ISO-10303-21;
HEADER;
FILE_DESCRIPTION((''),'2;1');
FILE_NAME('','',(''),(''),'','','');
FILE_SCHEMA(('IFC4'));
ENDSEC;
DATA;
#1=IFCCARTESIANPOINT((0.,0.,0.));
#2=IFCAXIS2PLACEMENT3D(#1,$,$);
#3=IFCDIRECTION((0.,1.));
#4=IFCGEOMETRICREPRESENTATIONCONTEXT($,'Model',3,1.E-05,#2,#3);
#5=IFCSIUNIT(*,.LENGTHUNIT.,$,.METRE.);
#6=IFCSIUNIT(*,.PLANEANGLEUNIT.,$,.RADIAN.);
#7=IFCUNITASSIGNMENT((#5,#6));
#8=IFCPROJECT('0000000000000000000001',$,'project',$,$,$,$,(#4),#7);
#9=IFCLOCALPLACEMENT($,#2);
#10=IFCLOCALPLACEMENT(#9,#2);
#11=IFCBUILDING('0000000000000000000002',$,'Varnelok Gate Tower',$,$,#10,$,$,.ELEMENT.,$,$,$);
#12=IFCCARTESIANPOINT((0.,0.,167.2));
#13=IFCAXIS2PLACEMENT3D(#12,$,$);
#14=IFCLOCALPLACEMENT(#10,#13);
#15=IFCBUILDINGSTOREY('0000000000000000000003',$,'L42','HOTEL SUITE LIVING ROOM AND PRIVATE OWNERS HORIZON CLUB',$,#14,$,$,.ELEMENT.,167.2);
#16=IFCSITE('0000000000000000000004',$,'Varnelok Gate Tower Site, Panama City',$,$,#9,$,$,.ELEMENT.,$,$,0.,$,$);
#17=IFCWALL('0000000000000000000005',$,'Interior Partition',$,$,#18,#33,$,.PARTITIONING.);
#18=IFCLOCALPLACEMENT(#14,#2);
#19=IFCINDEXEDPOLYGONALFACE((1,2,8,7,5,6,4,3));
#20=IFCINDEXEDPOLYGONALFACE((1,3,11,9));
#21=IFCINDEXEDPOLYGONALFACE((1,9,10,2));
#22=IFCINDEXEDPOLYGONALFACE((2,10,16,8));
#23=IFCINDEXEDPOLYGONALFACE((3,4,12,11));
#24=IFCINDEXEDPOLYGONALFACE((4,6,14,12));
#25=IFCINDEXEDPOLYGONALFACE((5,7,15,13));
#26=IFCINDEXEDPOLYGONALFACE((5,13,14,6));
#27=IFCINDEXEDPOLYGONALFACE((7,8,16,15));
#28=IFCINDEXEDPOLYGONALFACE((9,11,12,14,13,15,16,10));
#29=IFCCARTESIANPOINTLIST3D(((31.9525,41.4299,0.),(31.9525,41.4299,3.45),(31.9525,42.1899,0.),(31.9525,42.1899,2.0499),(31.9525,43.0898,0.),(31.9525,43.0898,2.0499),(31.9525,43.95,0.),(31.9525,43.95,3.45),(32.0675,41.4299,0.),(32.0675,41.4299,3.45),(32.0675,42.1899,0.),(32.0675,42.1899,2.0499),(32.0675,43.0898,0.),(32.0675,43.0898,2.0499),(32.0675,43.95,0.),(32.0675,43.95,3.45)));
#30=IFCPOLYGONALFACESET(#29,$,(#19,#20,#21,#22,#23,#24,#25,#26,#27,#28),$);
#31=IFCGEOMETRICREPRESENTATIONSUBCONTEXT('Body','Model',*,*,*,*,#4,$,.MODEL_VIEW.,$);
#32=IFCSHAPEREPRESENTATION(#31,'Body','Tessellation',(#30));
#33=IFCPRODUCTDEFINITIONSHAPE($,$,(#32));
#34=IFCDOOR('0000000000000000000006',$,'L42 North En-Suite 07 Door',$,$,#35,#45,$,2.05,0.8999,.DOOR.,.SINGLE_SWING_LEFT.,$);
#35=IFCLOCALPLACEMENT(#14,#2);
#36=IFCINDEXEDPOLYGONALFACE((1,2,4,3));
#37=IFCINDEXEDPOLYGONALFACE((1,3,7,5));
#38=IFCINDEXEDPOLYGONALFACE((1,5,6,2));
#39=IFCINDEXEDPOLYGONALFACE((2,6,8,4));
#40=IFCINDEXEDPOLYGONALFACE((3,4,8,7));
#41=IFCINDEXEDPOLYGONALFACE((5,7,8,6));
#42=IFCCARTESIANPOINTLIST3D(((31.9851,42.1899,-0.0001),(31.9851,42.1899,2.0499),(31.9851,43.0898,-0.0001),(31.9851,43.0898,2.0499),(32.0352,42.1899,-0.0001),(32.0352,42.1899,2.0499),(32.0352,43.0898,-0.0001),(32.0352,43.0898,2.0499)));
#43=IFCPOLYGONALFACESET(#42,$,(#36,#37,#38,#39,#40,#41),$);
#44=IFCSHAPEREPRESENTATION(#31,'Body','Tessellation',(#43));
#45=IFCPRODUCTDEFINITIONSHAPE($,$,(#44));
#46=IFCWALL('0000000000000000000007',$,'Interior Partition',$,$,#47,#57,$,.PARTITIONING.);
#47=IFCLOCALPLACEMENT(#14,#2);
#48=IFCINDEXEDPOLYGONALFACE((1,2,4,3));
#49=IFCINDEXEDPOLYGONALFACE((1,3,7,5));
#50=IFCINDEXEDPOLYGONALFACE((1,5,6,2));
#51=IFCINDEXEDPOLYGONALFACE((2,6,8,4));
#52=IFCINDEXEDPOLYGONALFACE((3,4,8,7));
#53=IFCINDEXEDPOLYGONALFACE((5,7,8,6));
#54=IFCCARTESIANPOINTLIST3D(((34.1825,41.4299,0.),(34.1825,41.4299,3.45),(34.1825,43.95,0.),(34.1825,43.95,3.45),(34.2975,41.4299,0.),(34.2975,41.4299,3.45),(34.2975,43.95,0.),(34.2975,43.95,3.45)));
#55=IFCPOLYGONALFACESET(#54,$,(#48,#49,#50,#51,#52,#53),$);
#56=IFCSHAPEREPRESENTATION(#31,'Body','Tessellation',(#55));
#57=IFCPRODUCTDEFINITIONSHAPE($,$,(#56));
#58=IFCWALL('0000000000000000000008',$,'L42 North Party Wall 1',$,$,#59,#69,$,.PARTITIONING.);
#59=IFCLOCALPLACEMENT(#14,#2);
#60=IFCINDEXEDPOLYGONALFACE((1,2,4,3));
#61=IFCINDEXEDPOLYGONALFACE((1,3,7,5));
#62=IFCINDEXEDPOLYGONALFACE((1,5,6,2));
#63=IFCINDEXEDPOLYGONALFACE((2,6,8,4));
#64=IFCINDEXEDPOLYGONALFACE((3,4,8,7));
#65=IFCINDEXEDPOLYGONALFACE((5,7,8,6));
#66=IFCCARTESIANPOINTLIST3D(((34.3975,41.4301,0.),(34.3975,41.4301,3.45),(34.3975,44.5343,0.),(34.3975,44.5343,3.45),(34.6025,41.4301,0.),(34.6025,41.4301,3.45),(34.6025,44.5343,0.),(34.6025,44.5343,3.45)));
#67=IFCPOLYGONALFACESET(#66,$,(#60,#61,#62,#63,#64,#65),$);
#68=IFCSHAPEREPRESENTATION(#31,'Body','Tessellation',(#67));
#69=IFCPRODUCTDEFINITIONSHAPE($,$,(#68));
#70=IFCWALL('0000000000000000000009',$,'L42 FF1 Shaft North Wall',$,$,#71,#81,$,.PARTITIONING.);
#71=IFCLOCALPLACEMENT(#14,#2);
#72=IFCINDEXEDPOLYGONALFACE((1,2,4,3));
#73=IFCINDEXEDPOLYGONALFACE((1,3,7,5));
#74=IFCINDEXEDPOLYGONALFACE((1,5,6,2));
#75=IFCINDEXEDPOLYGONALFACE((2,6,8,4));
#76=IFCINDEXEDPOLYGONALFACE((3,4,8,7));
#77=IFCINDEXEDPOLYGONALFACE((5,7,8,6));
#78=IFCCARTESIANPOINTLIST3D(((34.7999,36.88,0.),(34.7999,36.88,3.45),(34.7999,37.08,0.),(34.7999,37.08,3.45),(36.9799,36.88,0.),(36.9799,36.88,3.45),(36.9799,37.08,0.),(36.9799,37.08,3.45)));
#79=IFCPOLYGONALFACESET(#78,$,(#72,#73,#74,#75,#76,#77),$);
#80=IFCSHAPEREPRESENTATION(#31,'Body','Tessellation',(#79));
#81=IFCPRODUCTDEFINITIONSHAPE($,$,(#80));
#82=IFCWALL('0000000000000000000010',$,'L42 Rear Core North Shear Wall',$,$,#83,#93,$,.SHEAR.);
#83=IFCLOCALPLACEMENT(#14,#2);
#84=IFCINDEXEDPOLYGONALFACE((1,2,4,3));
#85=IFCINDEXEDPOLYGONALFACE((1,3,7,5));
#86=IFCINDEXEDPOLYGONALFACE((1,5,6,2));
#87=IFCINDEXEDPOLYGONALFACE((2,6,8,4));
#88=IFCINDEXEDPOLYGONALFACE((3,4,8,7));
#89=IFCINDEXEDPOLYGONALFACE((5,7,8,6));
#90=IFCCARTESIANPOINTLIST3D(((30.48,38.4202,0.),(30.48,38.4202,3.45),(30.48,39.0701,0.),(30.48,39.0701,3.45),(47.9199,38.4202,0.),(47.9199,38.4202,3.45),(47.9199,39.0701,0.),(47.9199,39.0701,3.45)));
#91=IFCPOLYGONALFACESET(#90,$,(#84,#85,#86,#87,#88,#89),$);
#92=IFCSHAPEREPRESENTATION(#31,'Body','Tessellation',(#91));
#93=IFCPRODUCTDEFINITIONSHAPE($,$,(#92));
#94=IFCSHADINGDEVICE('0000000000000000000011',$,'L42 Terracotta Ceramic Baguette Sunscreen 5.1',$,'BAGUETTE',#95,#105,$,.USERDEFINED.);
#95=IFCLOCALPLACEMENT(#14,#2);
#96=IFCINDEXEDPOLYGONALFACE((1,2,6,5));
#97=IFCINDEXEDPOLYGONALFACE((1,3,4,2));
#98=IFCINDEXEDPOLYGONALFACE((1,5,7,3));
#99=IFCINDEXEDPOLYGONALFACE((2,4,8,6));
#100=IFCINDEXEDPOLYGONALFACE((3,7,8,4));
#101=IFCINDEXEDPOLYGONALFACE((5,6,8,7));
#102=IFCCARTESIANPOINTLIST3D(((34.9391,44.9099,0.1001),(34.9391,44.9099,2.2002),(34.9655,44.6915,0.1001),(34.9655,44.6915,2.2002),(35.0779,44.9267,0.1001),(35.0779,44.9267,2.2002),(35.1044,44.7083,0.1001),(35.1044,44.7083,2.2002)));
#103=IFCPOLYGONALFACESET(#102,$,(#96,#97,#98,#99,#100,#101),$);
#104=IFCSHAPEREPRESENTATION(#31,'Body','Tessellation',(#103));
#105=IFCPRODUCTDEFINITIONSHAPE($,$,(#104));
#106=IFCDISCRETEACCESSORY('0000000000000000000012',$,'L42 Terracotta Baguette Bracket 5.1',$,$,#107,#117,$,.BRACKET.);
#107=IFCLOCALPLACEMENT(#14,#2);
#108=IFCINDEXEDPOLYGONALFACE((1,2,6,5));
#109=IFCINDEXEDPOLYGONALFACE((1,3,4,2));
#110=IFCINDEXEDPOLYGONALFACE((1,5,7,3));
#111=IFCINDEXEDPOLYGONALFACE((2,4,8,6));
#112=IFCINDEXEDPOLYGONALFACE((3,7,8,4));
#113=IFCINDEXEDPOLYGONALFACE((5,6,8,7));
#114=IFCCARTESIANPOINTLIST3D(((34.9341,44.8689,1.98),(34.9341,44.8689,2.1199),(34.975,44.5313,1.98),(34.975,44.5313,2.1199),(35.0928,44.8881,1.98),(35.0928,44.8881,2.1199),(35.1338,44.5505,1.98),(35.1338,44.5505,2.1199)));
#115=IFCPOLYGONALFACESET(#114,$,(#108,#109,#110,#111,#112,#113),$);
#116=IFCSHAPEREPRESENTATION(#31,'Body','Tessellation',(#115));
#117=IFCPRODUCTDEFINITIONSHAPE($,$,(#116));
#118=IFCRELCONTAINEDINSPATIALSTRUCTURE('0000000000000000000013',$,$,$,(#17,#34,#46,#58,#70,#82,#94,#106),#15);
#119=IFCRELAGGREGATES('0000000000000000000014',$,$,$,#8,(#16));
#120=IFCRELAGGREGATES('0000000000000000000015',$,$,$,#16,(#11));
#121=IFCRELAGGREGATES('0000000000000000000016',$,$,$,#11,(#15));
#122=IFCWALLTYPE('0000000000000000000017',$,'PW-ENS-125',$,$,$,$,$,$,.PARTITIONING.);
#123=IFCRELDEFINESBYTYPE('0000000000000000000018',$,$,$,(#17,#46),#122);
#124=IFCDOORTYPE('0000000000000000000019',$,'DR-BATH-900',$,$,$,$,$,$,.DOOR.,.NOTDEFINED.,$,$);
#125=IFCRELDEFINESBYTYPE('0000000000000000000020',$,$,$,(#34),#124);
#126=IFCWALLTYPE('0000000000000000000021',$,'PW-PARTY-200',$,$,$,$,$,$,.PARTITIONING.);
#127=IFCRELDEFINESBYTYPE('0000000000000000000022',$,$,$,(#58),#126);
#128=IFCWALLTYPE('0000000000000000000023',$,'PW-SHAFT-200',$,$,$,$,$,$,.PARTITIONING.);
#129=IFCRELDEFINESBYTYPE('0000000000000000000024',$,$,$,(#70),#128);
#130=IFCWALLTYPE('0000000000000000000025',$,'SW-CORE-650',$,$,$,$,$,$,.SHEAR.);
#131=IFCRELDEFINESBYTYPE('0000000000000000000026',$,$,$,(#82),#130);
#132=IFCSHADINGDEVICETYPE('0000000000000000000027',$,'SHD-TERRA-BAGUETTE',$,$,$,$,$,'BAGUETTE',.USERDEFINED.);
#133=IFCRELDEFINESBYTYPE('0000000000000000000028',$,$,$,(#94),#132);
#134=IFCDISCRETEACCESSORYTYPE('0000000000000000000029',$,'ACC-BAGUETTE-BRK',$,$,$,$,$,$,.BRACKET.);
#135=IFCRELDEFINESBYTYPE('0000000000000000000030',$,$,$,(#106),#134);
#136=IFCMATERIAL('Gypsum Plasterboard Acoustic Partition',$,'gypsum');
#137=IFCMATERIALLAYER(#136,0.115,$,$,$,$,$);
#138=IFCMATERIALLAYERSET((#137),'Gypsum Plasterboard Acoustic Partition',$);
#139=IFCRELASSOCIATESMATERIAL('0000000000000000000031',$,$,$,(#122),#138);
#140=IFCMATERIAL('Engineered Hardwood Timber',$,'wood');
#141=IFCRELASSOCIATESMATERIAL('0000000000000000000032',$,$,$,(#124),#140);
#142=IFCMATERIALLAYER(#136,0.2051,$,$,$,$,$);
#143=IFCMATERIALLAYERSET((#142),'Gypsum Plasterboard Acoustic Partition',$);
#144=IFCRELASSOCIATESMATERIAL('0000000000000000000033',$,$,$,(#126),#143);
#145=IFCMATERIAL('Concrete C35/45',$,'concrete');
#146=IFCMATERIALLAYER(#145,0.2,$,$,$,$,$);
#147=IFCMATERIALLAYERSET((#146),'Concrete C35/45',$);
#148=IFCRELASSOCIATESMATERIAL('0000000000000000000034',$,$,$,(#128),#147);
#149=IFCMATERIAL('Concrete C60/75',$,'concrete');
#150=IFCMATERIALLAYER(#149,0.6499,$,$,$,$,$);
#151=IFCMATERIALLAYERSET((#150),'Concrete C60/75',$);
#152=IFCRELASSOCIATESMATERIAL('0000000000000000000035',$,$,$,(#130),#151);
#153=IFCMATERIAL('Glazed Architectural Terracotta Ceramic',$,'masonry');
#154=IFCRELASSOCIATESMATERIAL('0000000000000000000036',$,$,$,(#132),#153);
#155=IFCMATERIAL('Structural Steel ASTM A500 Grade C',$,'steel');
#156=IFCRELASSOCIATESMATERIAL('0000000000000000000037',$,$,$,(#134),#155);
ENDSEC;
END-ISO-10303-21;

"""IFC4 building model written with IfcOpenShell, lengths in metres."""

from ifc_helpers import new_model, si_unit, direction, frame, frame_2d, origin, origin_2d, place, context, subcontext, project, spatial, rectangle, extrude, source, transform, mapped, material, layer, layer_set, type_object, element, fill, save


model = new_model("IFC4")

# Units and contexts
model_context = context("Model", 3, precision=1e-05, world=origin(), true_north=direction((0.0, 1.0)))
body_context = subcontext(model_context, "Body", "Model", "MODEL_VIEW")
ifc_project = project(units=[si_unit("LENGTHUNIT", "METRE"), si_unit("PLANEANGLEUNIT", "RADIAN")], contexts=[model_context])

# Site, building, storey
site_placement = place(None, origin())
site = spatial("IfcSite", under=ifc_project, at=site_placement, Name="Varnelok Gate Tower Site, Panama City", CompositionType="ELEMENT", RefElevation=0.0)
building_placement = place(site_placement, origin())
building = spatial("IfcBuilding", under=site, at=building_placement, Name="Varnelok Gate Tower", CompositionType="ELEMENT")
storey_placement = place(building_placement, frame((0.0, 0.0, 167.2)))
storey = spatial("IfcBuildingStorey", under=building, at=storey_placement, Name="L42", Description="HOTEL SUITE LIVING ROOM AND PRIVATE OWNERS HORIZON CLUB", CompositionType="ELEMENT", Elevation=167.2)

# Shared definitions
ifc_material_1 = material(Name="Concrete C60/75", Category="concrete")

# Shared definitions
ifc_material_2 = material(Name="Gypsum Plasterboard Acoustic Partition", Category="gypsum")
ifc_material_3 = material(Name="Engineered Hardwood Timber", Category="wood")

# Shared definitions
ifc_layer_1 = layer(ifc_material_2, 0.115)
ifc_layer_set_1 = layer_set([ifc_layer_1], Name="Gypsum Plasterboard Acoustic Partition")
wall_type_1 = type_object("IfcWallType", Name="PW-ENS-125", PredefinedType="PARTITIONING", material=ifc_layer_set_1)

# Wall, opening, door
wall_1_placement = place(storey_placement, frame((32.01, 41.4299, 0.0), z_axis=(0.0, 0.0, 1.0), x_axis=(0.0, 1.0, 0.0)))
wall_1 = element("IfcWall", 1, at=wall_1_placement, inside=storey, type_object=wall_type_1, Name="Interior Partition", PredefinedType="PARTITIONING", context=body_context, shape_type="SweptSolid", body=[
    extrude(rectangle(XDim=2.52, YDim=0.115, at=frame_2d((1.26, 0.0))), origin(), (0.0, 0.0, 1.0), 3.45),
])
opening_1_placement = place(wall_1_placement, frame((0.76, 0.0, 0.0)))
opening_1 = element("IfcOpeningElement", 2, at=opening_1_placement, cuts=wall_1, PredefinedType="OPENING", context=body_context, shape_type="SweptSolid", body=[
    extrude(rectangle(XDim=0.8999, YDim=2.05, at=frame_2d((0.45, 1.0249))), frame((0.0, 0.0674, 0.0), z_axis=(0.0, -1.0, 0.0), x_axis=(1.0, 0.0, 0.0)), (0.0, 0.0, 1.0), 0.135),
])
door_type_1 = type_object("IfcDoorType", Name="DR-BATH-900", OperationType="NOTDEFINED", PredefinedType="DOOR", material=ifc_material_3)
door_1_placement = place(opening_1_placement, origin())
door_1 = element("IfcDoor", 3, at=door_1_placement, inside=storey, type_object=door_type_1, Name="L42 North En-Suite 07 Door", OperationType="SINGLE_SWING_LEFT", OverallHeight=2.05, OverallWidth=0.8999, PredefinedType="DOOR", context=body_context, shape_type="SweptSolid", body=[
    extrude(rectangle(XDim=0.8999, YDim=2.05, at=frame_2d((0.45, 1.0249))), frame((0.0, 0.0249, 0.0), z_axis=(0.0, -1.0, 0.0), x_axis=(1.0, 0.0, 0.0)), (0.0, 0.0, 1.0), 0.05),
])
fill(opening_1, door_1)

# Walls
wall_2_placement = place(storey_placement, frame((34.24, 41.4299, 0.0), z_axis=(0.0, 0.0, 1.0), x_axis=(0.0, 1.0, 0.0)))
element("IfcWall", 4, at=wall_2_placement, inside=storey, type_object=wall_type_1, Name="Interior Partition", PredefinedType="PARTITIONING", context=body_context, shape_type="SweptSolid", body=[
    extrude(rectangle(XDim=2.52, YDim=0.115, at=frame_2d((1.26, 0.0))), origin(), (0.0, 0.0, 1.0), 3.45),
])
ifc_layer_2 = layer(ifc_material_2, 0.2051)
ifc_layer_set_2 = layer_set([ifc_layer_2], Name="Gypsum Plasterboard Acoustic Partition")
wall_type_2 = type_object("IfcWallType", Name="PW-PARTY-200", PredefinedType="PARTITIONING", material=ifc_layer_set_2)
wall_3_placement = place(storey_placement, frame((34.5, 41.4299, 0.0), z_axis=(0.0, 0.0, 1.0), x_axis=(0.0, 1.0, 0.0)))
element("IfcWall", 5, at=wall_3_placement, inside=storey, type_object=wall_type_2, Name="L42 North Party Wall 1", PredefinedType="PARTITIONING", context=body_context, shape_type="SweptSolid", body=[
    extrude(rectangle(XDim=3.1042, YDim=0.2051, at=frame_2d((1.5522, 0.0))), origin(), (0.0, 0.0, 1.0), 3.45),
])
ifc_material_4 = material(Name="Concrete C35/45", Category="concrete")
ifc_layer_3 = layer(ifc_material_4, 0.2)
ifc_layer_set_3 = layer_set([ifc_layer_3], Name="Concrete C35/45")
wall_type_3 = type_object("IfcWallType", Name="PW-SHAFT-200", PredefinedType="PARTITIONING", material=ifc_layer_set_3)
wall_4_placement = place(storey_placement, frame((34.8, 36.98, 0.0), z_axis=(0.0, 0.0, 1.0), x_axis=(1.0, 0.0, 0.0)))
element("IfcWall", 6, at=wall_4_placement, inside=storey, type_object=wall_type_3, Name="L42 FF1 Shaft North Wall", PredefinedType="PARTITIONING", context=body_context, shape_type="SweptSolid", body=[
    extrude(rectangle(XDim=2.1799, YDim=0.2, at=frame_2d((1.0898, 0.0))), origin(), (0.0, 0.0, 1.0), 3.45),
])
ifc_layer_4 = layer(ifc_material_1, 0.6499)
ifc_layer_set_4 = layer_set([ifc_layer_4], Name="Concrete C60/75")
wall_type_4 = type_object("IfcWallType", Name="SW-CORE-650", PredefinedType="SHEAR", material=ifc_layer_set_4)
wall_5_placement = place(storey_placement, frame((30.48, 38.7451, 0.0), z_axis=(0.0, 0.0, 1.0), x_axis=(1.0, 0.0, 0.0)))
element("IfcWall", 7, at=wall_5_placement, inside=storey, type_object=wall_type_4, Name="L42 Rear Core North Shear Wall", PredefinedType="SHEAR", context=body_context, shape_type="SweptSolid", body=[
    extrude(rectangle(XDim=17.4399, YDim=0.6499, at=frame_2d((8.72, 0.0))), origin(), (0.0, 0.0, 1.0), 3.45),
])

# Shading device
ifc_material_5 = material(Name="Glazed Architectural Terracotta Ceramic", Category="masonry")
shading_device_type = type_object("IfcShadingDeviceType", Name="SHD-TERRA-BAGUETTE", ElementType="BAGUETTE", PredefinedType="USERDEFINED", material=ifc_material_5)
shared_shape_1 = source(origin(), body_context, "Body", "SweptSolid", [
    extrude(rectangle(XDim=0.1399, YDim=0.22, at=origin_2d()), origin(), (0.0, 0.0, 1.0), 2.1001),
])
shading_device_placement = place(storey_placement, frame((35.0217, 44.8091, 0.1001), z_axis=(0.0, 0.0, 1.0), x_axis=(0.992732, 0.120345, 0.0)))
element("IfcShadingDevice", 8, at=shading_device_placement, inside=storey, type_object=shading_device_type, Name="L42 Terracotta Ceramic Baguette Sunscreen 5.1", ObjectType="BAGUETTE", PredefinedType="USERDEFINED", context=body_context, shape_type="MappedRepresentation", body=[
    mapped(shared_shape_1, transform((0.0, 0.0, 0.0), scale=1.0)),
])

# Discrete accessory
ifc_material_6 = material(Name="Structural Steel ASTM A500 Grade C", Category="steel")
discrete_accessory_type = type_object("IfcDiscreteAccessoryType", Name="ACC-BAGUETTE-BRK", PredefinedType="BRACKET", material=ifc_material_6)
shared_shape_2 = source(origin(), body_context, "Body", "SweptSolid", [
    extrude(rectangle(XDim=0.1599, YDim=0.3401, at=origin_2d()), origin(), (0.0, 0.0, 1.0), 0.1399),
])
discrete_accessory_placement = place(storey_placement, frame((35.0339, 44.7097, 1.98), z_axis=(0.0, 0.0, 1.0), x_axis=(0.992732, 0.120345, 0.0)))
element("IfcDiscreteAccessory", 9, at=discrete_accessory_placement, inside=storey, type_object=discrete_accessory_type, Name="L42 Terracotta Baguette Bracket 5.1", PredefinedType="BRACKET", context=body_context, shape_type="MappedRepresentation", body=[
    mapped(shared_shape_2, transform((0.0, 0.0, 0.0), scale=1.0)),
])

save(model, "model.ifc")
